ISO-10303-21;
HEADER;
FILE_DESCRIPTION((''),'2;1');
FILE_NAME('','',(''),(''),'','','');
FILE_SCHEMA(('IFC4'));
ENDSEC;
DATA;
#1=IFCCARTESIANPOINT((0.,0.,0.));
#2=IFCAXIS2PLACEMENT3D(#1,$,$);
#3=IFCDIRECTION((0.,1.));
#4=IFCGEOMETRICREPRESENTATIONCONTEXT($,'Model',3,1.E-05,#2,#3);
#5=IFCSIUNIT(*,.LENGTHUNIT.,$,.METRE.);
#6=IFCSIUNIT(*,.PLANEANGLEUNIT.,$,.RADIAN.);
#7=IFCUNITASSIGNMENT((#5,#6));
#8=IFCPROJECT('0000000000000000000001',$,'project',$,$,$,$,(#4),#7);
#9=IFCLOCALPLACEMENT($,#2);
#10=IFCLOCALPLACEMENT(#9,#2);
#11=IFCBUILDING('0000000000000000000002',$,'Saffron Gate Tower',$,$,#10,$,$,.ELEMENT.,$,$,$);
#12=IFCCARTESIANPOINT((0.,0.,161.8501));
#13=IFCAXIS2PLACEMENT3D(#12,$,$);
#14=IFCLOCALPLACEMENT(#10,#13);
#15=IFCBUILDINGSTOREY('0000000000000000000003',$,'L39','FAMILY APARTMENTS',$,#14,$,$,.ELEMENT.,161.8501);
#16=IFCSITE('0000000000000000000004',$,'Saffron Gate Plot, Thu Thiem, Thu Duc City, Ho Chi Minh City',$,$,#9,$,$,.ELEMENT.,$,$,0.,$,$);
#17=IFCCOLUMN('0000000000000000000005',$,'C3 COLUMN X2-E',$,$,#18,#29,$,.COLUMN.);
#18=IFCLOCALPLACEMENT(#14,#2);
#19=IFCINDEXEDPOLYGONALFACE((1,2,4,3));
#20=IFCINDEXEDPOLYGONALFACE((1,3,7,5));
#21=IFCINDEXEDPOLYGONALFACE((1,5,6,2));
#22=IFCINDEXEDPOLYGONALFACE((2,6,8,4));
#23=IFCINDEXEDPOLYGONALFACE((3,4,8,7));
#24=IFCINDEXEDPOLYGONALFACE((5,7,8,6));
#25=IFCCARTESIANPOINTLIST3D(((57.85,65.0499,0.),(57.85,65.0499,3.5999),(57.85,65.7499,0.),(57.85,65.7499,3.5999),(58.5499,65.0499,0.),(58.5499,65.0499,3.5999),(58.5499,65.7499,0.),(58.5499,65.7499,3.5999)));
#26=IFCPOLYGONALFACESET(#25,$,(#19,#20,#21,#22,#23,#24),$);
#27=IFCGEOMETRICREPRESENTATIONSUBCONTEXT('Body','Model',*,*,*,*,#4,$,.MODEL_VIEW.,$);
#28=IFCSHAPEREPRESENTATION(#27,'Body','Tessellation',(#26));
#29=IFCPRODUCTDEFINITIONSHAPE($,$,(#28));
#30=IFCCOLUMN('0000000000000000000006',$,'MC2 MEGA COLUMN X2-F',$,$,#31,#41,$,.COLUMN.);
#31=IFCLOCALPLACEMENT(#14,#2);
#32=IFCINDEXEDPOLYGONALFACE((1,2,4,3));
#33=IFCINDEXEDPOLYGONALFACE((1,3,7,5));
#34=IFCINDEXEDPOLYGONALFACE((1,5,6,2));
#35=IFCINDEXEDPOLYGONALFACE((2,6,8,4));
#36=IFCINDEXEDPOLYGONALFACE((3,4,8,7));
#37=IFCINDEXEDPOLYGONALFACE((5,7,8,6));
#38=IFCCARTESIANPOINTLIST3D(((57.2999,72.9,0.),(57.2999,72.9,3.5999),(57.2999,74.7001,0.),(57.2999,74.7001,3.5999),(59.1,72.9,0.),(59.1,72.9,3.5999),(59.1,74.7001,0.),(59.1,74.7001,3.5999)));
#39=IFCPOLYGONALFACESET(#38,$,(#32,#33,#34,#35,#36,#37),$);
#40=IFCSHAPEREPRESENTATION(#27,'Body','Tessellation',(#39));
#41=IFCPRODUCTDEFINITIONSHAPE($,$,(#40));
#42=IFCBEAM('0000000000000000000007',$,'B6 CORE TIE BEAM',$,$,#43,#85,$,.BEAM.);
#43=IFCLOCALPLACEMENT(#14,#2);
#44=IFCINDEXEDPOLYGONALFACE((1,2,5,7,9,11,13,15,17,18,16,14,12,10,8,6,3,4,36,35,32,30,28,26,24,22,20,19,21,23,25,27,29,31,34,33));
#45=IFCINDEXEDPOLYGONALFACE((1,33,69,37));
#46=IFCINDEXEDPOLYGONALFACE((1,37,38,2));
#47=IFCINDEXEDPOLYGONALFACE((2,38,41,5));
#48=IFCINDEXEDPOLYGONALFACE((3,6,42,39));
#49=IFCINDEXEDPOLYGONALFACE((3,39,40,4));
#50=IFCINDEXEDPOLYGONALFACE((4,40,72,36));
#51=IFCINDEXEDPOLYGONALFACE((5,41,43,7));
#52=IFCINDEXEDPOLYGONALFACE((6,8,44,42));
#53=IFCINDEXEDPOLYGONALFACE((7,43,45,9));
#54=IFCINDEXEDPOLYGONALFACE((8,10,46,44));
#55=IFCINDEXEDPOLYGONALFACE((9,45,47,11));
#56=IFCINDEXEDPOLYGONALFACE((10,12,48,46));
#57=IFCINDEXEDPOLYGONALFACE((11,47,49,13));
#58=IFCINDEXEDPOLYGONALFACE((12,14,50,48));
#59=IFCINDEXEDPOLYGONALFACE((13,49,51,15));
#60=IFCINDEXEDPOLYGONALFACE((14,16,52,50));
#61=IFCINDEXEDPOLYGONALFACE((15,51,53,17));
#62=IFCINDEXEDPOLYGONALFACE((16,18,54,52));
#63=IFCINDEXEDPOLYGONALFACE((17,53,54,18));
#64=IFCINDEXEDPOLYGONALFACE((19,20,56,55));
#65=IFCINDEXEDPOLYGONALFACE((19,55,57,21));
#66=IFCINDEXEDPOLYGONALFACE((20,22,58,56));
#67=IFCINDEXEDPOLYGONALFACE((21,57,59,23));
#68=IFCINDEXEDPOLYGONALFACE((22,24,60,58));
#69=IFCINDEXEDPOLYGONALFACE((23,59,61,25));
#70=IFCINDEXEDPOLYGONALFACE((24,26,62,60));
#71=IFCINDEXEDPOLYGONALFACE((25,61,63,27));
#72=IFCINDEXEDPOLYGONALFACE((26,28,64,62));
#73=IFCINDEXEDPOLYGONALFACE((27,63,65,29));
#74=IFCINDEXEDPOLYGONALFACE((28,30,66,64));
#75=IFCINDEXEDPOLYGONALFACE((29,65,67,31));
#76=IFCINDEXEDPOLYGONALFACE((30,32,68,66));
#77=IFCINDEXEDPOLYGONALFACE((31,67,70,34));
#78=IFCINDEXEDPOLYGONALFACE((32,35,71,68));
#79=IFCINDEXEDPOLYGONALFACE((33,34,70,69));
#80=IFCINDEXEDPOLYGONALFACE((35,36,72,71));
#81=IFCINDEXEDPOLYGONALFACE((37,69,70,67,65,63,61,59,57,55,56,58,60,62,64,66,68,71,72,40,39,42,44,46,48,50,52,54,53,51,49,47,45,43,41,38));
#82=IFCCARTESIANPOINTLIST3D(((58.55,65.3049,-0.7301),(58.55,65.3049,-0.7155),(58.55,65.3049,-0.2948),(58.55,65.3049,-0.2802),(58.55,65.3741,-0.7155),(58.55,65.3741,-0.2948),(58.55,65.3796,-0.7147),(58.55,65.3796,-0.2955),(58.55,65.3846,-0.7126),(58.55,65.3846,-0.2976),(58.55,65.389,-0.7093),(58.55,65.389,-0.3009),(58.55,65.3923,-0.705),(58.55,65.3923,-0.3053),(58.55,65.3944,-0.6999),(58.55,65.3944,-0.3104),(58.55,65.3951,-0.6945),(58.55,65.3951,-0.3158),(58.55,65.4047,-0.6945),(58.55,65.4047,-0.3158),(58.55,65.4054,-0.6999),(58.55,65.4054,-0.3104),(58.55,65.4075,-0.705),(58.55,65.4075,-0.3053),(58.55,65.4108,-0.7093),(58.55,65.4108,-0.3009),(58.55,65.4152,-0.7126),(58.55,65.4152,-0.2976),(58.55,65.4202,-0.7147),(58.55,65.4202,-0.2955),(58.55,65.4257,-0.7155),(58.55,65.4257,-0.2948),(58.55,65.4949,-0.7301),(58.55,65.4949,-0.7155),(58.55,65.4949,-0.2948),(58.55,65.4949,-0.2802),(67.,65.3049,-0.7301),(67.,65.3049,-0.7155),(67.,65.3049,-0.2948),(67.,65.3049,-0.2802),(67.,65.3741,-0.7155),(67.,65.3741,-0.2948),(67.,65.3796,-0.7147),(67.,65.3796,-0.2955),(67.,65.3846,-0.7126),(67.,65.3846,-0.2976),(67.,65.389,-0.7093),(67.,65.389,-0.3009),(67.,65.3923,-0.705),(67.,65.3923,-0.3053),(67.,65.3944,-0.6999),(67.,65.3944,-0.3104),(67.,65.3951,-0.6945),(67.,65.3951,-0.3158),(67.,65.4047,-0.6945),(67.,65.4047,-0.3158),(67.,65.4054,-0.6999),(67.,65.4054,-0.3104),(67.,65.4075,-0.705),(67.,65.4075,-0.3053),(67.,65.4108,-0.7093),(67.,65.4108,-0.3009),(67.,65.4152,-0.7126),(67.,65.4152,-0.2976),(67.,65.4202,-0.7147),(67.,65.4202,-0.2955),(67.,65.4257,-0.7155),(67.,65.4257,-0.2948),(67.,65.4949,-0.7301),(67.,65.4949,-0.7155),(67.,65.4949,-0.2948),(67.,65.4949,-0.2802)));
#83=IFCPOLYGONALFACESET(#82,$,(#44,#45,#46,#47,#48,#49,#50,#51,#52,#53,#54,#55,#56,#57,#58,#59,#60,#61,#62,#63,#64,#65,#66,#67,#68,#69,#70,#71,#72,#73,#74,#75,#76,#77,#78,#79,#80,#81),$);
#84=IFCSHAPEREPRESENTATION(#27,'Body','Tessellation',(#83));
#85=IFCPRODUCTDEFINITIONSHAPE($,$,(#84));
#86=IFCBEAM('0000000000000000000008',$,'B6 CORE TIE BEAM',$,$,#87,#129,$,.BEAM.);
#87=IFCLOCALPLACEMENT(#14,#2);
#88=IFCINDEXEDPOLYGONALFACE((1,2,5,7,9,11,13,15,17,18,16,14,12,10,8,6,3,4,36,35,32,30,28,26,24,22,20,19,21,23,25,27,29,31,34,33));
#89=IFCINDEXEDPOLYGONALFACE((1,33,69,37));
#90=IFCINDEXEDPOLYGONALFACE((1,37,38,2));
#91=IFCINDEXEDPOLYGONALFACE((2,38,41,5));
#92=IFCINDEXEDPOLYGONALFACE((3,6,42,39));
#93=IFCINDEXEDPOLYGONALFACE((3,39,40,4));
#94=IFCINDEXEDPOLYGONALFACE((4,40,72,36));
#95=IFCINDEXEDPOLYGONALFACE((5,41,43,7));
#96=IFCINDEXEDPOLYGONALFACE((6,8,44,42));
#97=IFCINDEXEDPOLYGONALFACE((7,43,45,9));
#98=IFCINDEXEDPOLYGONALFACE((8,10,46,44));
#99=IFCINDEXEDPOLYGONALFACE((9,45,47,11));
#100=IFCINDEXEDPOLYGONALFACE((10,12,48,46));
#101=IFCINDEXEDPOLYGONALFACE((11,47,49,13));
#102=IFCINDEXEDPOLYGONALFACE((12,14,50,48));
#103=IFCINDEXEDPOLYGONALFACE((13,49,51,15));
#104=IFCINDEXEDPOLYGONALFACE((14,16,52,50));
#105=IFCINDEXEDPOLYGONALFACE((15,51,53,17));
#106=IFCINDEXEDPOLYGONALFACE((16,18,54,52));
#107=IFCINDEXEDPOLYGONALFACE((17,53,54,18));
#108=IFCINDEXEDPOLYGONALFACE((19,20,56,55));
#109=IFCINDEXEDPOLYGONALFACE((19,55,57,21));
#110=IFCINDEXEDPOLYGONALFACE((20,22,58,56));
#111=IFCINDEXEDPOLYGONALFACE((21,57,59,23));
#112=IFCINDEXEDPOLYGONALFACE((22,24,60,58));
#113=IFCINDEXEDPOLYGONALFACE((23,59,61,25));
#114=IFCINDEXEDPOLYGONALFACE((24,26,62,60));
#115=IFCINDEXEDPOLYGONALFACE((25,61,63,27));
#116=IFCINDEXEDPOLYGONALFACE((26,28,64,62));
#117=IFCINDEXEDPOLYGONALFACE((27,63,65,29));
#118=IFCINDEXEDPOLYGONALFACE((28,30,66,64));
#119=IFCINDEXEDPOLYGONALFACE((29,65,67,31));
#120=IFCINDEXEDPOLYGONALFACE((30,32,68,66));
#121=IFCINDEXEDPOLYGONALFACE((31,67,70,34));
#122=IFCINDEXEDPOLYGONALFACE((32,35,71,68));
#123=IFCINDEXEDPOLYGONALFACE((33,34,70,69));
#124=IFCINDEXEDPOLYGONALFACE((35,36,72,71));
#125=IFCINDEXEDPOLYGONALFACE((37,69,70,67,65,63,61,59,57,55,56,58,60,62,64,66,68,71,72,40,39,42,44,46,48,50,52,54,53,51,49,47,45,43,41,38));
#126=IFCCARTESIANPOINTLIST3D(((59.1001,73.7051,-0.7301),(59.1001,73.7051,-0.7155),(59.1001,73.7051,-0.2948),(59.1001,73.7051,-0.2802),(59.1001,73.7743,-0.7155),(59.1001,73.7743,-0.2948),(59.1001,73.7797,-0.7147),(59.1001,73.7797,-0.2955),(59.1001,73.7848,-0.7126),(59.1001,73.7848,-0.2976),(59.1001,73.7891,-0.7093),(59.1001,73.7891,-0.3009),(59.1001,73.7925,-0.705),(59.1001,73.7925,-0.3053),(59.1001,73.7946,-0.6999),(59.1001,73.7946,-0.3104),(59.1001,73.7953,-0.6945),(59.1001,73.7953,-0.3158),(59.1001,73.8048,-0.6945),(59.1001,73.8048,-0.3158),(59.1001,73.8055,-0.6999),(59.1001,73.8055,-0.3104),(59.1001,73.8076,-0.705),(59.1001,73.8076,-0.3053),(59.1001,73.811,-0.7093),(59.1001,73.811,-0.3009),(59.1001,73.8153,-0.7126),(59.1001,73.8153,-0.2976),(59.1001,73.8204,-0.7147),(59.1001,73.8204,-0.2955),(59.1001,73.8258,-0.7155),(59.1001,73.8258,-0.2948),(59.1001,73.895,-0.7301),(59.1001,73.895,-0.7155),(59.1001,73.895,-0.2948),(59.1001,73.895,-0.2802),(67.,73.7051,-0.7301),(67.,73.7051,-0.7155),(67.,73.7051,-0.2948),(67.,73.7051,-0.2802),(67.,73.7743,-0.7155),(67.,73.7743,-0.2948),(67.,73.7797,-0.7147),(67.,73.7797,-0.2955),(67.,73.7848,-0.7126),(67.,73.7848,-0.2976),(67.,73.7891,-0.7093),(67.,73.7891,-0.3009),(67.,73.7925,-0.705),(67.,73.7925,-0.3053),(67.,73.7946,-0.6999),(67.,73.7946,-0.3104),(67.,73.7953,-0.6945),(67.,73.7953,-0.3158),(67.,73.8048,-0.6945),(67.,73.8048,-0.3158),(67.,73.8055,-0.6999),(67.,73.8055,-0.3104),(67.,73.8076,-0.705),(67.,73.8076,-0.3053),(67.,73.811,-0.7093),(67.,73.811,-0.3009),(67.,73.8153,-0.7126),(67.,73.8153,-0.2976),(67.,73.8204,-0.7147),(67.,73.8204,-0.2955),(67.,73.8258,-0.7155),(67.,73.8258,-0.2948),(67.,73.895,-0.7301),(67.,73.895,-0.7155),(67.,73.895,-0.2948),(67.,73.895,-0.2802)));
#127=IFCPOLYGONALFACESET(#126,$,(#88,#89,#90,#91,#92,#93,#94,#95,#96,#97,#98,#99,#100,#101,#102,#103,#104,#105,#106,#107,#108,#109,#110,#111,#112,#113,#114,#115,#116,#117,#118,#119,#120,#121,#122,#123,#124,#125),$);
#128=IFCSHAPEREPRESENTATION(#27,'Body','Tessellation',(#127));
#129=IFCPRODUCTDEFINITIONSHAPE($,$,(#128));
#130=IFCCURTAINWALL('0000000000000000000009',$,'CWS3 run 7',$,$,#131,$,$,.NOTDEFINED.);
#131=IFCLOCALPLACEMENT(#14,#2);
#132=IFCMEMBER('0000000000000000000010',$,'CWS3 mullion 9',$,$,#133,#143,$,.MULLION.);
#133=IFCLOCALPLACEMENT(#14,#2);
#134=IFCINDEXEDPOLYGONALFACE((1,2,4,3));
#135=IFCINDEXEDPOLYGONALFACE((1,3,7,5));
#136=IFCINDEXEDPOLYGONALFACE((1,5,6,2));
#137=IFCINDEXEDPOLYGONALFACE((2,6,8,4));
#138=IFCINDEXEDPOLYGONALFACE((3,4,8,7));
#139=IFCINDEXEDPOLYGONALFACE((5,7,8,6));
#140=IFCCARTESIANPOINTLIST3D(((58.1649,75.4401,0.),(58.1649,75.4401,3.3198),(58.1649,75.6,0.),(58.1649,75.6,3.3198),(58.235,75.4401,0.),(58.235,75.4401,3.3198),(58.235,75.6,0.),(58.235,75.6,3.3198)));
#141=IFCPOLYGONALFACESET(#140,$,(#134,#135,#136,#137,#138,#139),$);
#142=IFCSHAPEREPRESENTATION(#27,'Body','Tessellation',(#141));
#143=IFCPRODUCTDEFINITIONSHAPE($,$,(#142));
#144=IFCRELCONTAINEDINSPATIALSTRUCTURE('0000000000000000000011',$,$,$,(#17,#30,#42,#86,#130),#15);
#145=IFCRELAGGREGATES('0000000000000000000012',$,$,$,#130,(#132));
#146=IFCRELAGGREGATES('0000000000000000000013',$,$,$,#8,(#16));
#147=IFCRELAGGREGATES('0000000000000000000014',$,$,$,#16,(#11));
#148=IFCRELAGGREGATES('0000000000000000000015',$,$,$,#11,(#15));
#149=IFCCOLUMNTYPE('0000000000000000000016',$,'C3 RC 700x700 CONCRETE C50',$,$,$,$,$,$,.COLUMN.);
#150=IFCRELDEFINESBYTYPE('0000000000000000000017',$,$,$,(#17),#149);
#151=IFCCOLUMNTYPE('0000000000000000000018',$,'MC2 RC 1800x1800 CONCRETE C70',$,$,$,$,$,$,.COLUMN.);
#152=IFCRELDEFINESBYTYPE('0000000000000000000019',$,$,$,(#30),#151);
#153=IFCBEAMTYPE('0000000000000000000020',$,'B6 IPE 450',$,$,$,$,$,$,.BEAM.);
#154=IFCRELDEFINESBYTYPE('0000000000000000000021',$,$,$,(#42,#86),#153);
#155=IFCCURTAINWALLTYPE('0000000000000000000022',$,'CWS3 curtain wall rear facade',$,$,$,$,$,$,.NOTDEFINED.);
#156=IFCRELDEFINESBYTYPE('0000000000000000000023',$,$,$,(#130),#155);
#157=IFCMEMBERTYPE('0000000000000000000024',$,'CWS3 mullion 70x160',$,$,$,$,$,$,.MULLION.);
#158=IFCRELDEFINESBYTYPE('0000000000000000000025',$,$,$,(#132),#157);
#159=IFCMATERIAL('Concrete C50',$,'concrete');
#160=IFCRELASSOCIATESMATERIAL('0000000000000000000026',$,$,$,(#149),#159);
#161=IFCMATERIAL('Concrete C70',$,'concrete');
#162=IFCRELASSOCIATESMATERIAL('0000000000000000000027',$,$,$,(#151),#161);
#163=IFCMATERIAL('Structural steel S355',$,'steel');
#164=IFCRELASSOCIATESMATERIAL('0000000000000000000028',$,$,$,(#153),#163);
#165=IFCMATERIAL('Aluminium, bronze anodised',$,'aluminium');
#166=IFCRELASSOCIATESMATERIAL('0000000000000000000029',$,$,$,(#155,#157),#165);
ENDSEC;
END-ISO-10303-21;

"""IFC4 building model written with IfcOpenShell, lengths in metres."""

from ifc_helpers import new_model, si_unit, direction, frame, origin, origin_2d, place, context, subcontext, project, spatial, rectangle, i_section, extrude, material, material_profile, profile_set, type_object, element, aggregate, save


model = new_model("IFC4")

# Units and contexts
model_context = context("Model", 3, precision=1e-05, world=origin(), true_north=direction((0.0, 1.0)))
body_context = subcontext(model_context, "Body", "Model", "MODEL_VIEW")
ifc_project = project(units=[si_unit("LENGTHUNIT", "METRE"), si_unit("PLANEANGLEUNIT", "RADIAN")], contexts=[model_context])

# Site, building, storey
site_placement = place(None, origin())
site = spatial("IfcSite", under=ifc_project, at=site_placement, Name="Saffron Gate Plot, Thu Thiem, Thu Duc City, Ho Chi Minh City", CompositionType="ELEMENT", RefElevation=0.0)
building_placement = place(site_placement, origin())
building = spatial("IfcBuilding", under=site, at=building_placement, Name="Saffron Gate Tower", CompositionType="ELEMENT")
storey_placement = place(building_placement, frame((0.0, 0.0, 161.8501)))
storey = spatial("IfcBuildingStorey", under=building, at=storey_placement, Name="L39", Description="FAMILY APARTMENTS", CompositionType="ELEMENT", Elevation=161.8501)

# Columns
ifc_material_1 = material(Name="Concrete C50", Category="concrete")
ifc_material_profile_1 = material_profile(ifc_material_1, rectangle(XDim=0.7, YDim=0.7, at=origin_2d()))
ifc_profile_set_1 = profile_set([ifc_material_profile_1], Name="Concrete C50")
column_type_1 = type_object("IfcColumnType", Name="C3 RC 700x700 CONCRETE C50", PredefinedType="COLUMN", material=ifc_profile_set_1)
column_1_placement = place(storey_placement, frame((58.2, 65.3999, 0.0), z_axis=(0.0, 0.0, 1.0), x_axis=(1.0, 0.0, 0.0)))
element("IfcColumn", 1, at=column_1_placement, inside=storey, type_object=column_type_1, Name="C3 COLUMN X2-E", PredefinedType="COLUMN", context=body_context, shape_type="SweptSolid", body=[
    extrude(rectangle(XDim=0.7, YDim=0.7, at=origin_2d()), origin(), (0.0, 0.0, 1.0), 3.5999),
])
ifc_material_2 = material(Name="Concrete C70", Category="concrete")
ifc_material_profile_2 = material_profile(ifc_material_2, rectangle(XDim=1.8, YDim=1.8, at=origin_2d()))
ifc_profile_set_2 = profile_set([ifc_material_profile_2], Name="Concrete C70")
column_type_2 = type_object("IfcColumnType", Name="MC2 RC 1800x1800 CONCRETE C70", PredefinedType="COLUMN", material=ifc_profile_set_2)
column_2_placement = place(storey_placement, frame((58.2, 73.8, 0.0), z_axis=(0.0, 0.0, 1.0), x_axis=(1.0, 0.0, 0.0)))
element("IfcColumn", 2, at=column_2_placement, inside=storey, type_object=column_type_2, Name="MC2 MEGA COLUMN X2-F", PredefinedType="COLUMN", context=body_context, shape_type="SweptSolid", body=[
    extrude(rectangle(XDim=1.8, YDim=1.8, at=origin_2d()), origin(), (0.0, 0.0, 1.0), 3.5999),
])

# Beams
ifc_material_3 = material(Name="Structural steel S355", Category="steel")
ifc_material_profile_3 = material_profile(ifc_material_3, i_section(OverallWidth=0.1899, OverallDepth=0.45, WebThickness=0.0095, FlangeThickness=0.0146, FilletRadius=0.021, at=origin_2d()))
ifc_profile_set_3 = profile_set([ifc_material_profile_3], Name="Structural steel S355")
beam_type = type_object("IfcBeamType", Name="B6 IPE 450", PredefinedType="BEAM", material=ifc_profile_set_3)
beam_1_placement = place(storey_placement, frame((58.55, 65.3999, -0.5051), z_axis=(1.0, 0.0, 0.0), x_axis=(0.0, 1.0, 0.0)))
element("IfcBeam", 3, at=beam_1_placement, inside=storey, type_object=beam_type, Name="B6 CORE TIE BEAM", PredefinedType="BEAM", context=body_context, shape_type="SweptSolid", body=[
    extrude(i_section(OverallWidth=0.1899, OverallDepth=0.45, WebThickness=0.0095, FlangeThickness=0.0146, FilletRadius=0.021, at=origin_2d()), origin(), (0.0, 0.0, 1.0), 8.45),
])
beam_2_placement = place(storey_placement, frame((59.1001, 73.8, -0.5051), z_axis=(1.0, 0.0, 0.0), x_axis=(0.0, 1.0, 0.0)))
element("IfcBeam", 4, at=beam_2_placement, inside=storey, type_object=beam_type, Name="B6 CORE TIE BEAM", PredefinedType="BEAM", context=body_context, shape_type="SweptSolid", body=[
    extrude(i_section(OverallWidth=0.1899, OverallDepth=0.45, WebThickness=0.0095, FlangeThickness=0.0146, FilletRadius=0.021, at=origin_2d()), origin(), (0.0, 0.0, 1.0), 7.8999),
])

# Curtain wall, member
ifc_material_4 = material(Name="Aluminium, bronze anodised", Category="aluminium")
curtain_wall_type = type_object("IfcCurtainWallType", Name="CWS3 curtain wall rear facade", PredefinedType="NOTDEFINED", material=ifc_material_4)
curtain_wall_placement = place(storey_placement, origin())
curtain_wall = element("IfcCurtainWall", 5, at=curtain_wall_placement, inside=storey, type_object=curtain_wall_type, Name="CWS3 run 7", PredefinedType="NOTDEFINED")
ifc_material_profile_4 = material_profile(ifc_material_4, rectangle(XDim=0.1599, YDim=0.0701, at=origin_2d()))
ifc_profile_set_4 = profile_set([ifc_material_profile_4], Name="Aluminium, bronze anodised")
member_type = type_object("IfcMemberType", Name="CWS3 mullion 70x160", PredefinedType="MULLION", material=ifc_profile_set_4)
member_placement = place(storey_placement, frame((58.2, 75.52, 0.0), z_axis=(0.0, 0.0, 1.0), x_axis=(0.0, -1.0, 0.0)))
member = element("IfcMember", 6, at=member_placement, type_object=member_type, Name="CWS3 mullion 9", PredefinedType="MULLION", context=body_context, shape_type="SweptSolid", body=[
    extrude(rectangle(XDim=0.1599, YDim=0.0701, at=origin_2d()), origin(), (0.0, 0.0, 1.0), 3.3198),
])
aggregate(curtain_wall, [member])

save(model, "model.ifc")
